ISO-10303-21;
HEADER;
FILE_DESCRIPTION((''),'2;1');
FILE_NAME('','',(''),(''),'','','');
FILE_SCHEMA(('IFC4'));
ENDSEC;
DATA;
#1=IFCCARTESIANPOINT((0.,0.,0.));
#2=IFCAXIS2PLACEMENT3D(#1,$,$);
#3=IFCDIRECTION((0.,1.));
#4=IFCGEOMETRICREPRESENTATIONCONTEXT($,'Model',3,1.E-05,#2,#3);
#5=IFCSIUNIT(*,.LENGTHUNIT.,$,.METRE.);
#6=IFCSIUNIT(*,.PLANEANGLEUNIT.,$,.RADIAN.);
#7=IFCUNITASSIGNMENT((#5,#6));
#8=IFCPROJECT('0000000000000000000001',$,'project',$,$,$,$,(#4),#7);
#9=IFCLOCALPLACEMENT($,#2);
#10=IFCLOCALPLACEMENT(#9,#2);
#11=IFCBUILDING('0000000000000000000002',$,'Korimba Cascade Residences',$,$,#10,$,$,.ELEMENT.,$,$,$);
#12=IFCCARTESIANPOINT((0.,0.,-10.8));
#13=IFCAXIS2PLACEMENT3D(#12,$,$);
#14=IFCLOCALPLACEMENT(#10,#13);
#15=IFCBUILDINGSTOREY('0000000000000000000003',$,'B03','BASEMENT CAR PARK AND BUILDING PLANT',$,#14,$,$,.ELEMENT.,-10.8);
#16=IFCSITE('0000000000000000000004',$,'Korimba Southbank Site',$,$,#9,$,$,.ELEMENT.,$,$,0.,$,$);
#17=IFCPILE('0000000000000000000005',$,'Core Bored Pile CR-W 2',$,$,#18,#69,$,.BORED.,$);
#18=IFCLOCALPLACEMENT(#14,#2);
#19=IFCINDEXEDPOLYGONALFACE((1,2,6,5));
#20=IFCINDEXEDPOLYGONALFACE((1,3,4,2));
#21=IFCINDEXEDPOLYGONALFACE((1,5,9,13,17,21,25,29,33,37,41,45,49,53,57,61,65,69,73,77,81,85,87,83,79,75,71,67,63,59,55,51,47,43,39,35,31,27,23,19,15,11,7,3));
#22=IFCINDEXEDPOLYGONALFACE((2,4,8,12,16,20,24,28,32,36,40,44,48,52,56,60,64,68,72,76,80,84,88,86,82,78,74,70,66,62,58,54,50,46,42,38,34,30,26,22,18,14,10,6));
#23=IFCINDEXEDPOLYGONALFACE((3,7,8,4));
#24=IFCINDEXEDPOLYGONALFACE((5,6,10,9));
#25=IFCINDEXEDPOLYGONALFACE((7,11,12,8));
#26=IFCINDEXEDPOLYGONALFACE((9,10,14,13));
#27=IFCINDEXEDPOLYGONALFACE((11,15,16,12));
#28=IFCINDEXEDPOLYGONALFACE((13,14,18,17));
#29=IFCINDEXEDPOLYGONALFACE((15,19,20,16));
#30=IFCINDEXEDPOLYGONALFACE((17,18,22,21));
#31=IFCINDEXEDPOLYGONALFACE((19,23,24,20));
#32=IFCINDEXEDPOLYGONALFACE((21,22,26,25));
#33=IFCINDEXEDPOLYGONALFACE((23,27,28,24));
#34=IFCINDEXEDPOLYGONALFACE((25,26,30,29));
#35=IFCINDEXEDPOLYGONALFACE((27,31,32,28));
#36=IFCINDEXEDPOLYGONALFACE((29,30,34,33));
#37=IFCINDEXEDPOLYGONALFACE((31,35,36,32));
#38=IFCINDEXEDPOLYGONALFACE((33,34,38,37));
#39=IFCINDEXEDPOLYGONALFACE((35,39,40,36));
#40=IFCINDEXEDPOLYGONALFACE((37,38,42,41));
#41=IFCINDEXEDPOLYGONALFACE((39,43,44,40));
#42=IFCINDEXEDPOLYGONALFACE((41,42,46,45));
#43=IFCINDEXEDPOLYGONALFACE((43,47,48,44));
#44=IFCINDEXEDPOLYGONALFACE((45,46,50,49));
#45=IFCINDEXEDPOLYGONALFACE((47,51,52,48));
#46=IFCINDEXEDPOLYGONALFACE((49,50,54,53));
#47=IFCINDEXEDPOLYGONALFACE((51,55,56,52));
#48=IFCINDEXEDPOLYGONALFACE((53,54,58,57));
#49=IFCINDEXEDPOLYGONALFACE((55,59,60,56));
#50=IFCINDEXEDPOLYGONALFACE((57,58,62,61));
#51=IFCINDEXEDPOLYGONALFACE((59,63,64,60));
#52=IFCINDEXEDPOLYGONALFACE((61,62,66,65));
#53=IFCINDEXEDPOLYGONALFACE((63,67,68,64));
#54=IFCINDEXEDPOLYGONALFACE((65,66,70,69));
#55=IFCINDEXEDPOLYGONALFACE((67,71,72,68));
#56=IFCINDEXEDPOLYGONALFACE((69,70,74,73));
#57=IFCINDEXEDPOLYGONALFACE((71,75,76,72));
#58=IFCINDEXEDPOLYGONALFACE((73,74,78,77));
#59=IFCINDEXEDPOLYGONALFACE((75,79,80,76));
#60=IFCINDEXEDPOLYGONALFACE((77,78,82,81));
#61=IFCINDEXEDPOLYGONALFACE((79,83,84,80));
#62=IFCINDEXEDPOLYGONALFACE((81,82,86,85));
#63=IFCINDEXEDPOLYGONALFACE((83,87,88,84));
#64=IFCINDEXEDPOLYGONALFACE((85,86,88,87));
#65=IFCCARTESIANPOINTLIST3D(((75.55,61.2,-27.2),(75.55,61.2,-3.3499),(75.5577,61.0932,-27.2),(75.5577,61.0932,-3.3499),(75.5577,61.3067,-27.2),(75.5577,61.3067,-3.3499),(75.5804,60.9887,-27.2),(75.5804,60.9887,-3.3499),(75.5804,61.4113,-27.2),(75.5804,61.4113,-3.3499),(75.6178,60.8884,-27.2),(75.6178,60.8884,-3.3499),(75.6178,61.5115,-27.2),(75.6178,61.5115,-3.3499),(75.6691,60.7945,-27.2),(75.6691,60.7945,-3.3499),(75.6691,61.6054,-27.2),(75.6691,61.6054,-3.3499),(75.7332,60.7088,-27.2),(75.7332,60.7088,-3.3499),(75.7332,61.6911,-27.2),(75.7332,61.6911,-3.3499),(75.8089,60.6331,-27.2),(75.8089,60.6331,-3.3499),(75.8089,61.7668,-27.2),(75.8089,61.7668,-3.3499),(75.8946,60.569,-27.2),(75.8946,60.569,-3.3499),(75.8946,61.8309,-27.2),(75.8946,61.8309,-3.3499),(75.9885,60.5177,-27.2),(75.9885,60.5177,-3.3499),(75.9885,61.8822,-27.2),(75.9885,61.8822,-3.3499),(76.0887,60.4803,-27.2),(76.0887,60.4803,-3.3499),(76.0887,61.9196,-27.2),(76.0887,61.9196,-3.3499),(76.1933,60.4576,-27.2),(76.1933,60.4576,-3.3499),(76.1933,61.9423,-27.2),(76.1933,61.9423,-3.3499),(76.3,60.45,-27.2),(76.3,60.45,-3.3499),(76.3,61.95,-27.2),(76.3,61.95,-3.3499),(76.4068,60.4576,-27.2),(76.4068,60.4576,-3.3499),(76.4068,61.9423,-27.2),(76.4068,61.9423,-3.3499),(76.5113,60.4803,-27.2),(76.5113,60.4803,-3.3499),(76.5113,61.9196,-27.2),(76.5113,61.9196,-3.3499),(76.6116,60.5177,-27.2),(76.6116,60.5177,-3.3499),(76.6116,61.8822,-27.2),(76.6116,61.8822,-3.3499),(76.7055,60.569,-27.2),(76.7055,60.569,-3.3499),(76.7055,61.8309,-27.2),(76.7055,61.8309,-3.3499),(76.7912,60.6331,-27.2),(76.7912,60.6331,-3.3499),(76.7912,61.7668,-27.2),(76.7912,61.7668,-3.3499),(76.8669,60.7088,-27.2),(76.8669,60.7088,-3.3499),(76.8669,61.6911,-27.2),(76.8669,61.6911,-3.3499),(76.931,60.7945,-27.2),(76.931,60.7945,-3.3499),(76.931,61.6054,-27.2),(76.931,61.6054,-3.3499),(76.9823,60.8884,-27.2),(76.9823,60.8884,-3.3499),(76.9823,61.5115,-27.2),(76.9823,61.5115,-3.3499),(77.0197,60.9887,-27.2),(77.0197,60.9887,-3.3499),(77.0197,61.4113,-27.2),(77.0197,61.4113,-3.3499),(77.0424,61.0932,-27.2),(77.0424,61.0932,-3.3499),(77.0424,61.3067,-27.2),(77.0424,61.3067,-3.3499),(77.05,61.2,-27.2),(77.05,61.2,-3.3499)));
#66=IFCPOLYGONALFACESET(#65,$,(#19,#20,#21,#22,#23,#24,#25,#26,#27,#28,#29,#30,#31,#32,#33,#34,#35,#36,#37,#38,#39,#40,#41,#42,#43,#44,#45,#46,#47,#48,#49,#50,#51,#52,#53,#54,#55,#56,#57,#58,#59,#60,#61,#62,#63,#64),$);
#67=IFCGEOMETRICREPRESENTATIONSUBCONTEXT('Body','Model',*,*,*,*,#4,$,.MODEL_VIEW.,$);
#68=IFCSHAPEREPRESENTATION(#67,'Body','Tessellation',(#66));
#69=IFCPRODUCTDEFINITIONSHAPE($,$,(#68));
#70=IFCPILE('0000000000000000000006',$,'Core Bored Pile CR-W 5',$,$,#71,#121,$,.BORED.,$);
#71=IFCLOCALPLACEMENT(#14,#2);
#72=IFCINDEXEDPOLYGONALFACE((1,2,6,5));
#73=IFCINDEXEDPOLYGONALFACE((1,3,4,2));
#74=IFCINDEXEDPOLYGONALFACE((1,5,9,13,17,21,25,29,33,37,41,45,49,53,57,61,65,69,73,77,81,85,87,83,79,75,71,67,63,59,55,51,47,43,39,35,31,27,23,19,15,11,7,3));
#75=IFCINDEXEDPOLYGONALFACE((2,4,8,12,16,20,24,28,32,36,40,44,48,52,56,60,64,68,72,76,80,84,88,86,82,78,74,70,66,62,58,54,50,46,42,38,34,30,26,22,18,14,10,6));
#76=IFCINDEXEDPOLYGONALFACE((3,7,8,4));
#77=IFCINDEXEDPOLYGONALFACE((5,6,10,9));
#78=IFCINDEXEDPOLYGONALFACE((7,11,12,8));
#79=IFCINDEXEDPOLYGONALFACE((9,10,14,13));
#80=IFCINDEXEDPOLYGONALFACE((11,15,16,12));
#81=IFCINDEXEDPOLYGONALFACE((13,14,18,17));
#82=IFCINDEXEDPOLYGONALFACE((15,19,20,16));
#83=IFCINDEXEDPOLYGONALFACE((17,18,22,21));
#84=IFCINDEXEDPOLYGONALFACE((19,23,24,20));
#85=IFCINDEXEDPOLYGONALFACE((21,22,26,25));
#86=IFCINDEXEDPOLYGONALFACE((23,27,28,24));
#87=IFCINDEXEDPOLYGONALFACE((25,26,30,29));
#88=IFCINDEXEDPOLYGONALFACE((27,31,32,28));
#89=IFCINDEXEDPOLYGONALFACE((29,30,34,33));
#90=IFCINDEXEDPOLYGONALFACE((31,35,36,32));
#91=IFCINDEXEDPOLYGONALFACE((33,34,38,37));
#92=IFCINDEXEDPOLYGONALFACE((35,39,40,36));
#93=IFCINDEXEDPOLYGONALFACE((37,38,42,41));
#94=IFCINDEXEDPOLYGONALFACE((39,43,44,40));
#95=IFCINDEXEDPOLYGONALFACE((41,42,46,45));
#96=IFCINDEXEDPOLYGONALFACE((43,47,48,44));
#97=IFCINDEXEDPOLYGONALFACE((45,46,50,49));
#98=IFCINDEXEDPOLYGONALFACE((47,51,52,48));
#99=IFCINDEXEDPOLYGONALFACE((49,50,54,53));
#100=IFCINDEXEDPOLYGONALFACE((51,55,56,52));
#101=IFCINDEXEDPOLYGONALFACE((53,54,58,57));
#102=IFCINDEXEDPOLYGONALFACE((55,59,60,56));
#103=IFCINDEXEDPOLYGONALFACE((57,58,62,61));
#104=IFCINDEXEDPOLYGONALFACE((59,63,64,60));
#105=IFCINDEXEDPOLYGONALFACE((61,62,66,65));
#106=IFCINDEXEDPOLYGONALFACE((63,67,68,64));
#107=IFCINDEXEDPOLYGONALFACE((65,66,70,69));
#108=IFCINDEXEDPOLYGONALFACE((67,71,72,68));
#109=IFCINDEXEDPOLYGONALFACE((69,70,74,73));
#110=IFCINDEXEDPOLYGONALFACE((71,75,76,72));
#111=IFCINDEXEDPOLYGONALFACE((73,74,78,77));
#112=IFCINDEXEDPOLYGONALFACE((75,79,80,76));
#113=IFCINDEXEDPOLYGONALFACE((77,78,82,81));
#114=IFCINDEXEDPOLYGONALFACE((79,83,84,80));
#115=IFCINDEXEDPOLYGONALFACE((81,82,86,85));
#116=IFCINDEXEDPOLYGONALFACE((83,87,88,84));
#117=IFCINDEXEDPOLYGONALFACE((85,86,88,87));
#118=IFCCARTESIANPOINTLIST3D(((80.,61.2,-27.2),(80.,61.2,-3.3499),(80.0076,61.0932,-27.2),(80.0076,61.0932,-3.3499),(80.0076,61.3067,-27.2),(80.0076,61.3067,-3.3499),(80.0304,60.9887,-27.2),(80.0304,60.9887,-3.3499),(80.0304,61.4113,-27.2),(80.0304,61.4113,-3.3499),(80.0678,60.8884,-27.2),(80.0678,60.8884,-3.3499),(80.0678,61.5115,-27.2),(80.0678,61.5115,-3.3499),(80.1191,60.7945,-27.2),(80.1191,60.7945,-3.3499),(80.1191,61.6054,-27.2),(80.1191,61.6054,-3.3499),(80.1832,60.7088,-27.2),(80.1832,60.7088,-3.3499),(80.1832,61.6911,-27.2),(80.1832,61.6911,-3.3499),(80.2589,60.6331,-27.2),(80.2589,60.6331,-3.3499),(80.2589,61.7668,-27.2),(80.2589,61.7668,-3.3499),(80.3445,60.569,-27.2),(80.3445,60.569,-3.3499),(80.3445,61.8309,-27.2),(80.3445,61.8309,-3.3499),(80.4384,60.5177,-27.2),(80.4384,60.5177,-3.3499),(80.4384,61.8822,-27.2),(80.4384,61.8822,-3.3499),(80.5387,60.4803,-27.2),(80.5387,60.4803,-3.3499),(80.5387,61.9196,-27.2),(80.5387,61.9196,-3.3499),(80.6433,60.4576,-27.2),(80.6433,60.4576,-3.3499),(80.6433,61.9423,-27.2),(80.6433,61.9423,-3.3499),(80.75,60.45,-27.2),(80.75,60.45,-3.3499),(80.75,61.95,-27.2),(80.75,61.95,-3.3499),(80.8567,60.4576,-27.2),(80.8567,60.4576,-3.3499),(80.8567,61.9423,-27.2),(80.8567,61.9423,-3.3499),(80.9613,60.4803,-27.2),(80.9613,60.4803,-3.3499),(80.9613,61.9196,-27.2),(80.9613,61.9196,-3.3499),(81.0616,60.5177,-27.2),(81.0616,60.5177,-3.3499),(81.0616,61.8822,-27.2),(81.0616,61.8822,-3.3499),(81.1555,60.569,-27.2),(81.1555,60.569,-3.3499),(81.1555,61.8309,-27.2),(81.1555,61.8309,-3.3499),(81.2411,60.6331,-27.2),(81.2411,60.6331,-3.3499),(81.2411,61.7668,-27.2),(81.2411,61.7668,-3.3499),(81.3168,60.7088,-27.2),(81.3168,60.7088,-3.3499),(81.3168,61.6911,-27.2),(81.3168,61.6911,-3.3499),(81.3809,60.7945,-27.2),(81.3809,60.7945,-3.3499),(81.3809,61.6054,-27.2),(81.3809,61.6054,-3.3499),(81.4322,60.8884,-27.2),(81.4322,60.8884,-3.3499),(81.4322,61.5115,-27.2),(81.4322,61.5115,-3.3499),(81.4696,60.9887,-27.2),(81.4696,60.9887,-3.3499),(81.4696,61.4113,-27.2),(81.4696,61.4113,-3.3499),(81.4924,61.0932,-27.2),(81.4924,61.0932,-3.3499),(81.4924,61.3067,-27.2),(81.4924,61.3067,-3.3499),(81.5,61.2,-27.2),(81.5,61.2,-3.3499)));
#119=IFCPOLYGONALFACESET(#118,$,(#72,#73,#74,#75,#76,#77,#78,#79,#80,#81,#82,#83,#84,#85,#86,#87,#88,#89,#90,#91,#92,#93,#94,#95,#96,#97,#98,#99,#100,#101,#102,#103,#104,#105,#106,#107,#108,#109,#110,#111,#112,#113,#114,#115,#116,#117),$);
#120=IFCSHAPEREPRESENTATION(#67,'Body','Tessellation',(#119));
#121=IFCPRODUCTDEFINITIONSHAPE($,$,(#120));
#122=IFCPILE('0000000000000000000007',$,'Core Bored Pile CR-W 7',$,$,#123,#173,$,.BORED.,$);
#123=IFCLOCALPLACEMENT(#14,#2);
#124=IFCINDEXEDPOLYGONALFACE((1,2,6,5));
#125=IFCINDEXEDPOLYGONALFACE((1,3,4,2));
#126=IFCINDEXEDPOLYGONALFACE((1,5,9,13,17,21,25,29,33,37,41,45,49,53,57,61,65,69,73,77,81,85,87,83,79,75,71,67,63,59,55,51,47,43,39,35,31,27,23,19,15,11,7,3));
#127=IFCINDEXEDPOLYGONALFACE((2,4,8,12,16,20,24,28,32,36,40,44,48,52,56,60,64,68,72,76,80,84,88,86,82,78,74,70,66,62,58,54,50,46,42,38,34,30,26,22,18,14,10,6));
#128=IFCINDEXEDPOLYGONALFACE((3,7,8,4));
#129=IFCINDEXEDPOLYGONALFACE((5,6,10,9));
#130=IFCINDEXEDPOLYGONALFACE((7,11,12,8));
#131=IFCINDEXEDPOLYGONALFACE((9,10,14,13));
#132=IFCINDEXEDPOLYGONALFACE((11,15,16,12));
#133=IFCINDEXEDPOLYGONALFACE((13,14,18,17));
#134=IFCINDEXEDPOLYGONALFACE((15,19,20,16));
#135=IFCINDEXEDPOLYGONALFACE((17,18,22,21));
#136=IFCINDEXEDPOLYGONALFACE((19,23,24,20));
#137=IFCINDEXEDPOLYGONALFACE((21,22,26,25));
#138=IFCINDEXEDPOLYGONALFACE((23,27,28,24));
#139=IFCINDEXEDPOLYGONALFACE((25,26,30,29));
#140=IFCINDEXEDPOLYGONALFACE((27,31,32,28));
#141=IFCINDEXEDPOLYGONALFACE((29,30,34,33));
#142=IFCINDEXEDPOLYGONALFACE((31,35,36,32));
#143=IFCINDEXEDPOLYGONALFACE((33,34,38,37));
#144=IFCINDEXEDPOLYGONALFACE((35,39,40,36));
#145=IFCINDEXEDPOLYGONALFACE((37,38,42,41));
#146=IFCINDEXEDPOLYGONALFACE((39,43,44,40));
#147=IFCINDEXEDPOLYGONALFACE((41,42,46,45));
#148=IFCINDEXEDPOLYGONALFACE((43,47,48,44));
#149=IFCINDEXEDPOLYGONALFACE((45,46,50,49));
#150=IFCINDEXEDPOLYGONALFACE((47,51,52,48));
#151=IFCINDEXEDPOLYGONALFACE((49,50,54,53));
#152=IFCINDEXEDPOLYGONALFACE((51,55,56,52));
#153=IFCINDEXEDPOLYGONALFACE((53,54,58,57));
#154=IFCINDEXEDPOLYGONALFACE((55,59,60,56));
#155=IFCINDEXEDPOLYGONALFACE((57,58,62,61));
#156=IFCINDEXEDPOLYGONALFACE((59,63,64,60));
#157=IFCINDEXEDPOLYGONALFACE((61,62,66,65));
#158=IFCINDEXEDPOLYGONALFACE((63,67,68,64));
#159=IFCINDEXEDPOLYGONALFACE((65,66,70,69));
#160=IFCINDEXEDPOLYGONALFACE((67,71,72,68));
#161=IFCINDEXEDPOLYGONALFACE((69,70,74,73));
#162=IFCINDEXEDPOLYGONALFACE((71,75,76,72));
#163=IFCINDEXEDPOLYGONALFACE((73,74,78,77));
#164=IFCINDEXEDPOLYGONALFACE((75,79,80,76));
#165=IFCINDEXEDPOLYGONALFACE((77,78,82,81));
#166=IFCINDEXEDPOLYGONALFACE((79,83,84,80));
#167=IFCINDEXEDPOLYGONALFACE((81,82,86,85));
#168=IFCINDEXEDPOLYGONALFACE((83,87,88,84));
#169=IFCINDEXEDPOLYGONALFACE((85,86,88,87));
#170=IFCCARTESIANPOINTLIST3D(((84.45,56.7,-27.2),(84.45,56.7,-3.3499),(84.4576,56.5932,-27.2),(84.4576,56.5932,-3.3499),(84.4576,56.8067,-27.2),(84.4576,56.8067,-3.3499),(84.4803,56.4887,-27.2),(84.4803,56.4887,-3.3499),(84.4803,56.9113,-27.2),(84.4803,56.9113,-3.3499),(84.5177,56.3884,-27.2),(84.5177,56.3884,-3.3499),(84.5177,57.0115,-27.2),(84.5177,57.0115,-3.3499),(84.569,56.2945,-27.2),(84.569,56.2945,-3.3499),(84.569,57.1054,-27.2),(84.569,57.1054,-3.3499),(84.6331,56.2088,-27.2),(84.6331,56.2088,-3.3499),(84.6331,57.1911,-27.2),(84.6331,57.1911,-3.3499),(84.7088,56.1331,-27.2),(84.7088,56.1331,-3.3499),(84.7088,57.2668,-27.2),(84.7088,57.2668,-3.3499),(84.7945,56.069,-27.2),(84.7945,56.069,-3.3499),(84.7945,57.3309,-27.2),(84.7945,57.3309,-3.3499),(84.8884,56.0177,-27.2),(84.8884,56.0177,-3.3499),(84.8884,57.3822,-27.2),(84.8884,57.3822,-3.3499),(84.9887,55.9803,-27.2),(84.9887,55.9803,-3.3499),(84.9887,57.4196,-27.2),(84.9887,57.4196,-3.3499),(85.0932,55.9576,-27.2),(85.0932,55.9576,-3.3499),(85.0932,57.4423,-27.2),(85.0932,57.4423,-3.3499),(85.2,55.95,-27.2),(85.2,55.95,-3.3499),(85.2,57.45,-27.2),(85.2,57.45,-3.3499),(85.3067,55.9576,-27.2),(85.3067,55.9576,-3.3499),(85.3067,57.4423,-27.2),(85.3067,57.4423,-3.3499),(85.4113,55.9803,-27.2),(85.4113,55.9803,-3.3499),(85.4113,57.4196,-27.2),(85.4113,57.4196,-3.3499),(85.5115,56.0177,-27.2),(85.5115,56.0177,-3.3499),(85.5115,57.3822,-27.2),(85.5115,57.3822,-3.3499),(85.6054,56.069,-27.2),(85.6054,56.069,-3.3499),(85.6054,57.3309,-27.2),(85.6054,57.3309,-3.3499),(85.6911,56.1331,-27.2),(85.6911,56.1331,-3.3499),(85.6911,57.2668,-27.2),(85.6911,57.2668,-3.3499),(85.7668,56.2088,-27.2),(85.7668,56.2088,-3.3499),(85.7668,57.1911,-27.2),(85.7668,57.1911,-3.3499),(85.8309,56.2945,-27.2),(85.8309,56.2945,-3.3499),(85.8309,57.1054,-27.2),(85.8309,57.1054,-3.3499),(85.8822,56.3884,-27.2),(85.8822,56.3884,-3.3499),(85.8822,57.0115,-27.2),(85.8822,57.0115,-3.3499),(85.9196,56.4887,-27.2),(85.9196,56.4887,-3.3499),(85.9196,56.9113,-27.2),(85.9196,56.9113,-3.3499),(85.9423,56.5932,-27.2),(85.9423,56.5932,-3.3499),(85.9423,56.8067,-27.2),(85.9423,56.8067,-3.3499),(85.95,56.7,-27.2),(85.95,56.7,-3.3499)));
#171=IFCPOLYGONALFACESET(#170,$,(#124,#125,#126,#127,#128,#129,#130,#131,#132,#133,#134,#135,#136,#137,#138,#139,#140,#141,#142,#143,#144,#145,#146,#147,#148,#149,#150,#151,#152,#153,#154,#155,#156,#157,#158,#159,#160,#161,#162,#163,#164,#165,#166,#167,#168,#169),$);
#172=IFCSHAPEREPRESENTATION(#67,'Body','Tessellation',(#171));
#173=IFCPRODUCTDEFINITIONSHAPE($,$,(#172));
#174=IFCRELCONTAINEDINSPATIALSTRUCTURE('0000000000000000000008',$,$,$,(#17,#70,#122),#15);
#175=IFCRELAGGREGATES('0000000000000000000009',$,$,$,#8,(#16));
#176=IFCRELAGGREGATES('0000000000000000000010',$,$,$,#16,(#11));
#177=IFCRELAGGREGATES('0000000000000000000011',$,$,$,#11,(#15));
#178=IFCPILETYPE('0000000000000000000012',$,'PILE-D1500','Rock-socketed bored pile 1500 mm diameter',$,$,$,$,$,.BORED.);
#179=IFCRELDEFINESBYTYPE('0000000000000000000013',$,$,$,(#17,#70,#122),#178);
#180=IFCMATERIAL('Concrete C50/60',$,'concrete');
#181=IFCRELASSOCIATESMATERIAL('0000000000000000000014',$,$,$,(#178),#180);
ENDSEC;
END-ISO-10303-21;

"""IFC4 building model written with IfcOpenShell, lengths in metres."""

from ifc_helpers import new_model, si_unit, direction, frame, origin, origin_2d, place, context, subcontext, project, spatial, circle, extrude, material, material_profile, profile_set, type_object, element, save


model = new_model("IFC4")

# Units and contexts
model_context = context("Model", 3, precision=1e-05, world=origin(), true_north=direction((0.0, 1.0)))
body_context = subcontext(model_context, "Body", "Model", "MODEL_VIEW")
ifc_project = project(units=[si_unit("LENGTHUNIT", "METRE"), si_unit("PLANEANGLEUNIT", "RADIAN")], contexts=[model_context])

# Site, building, storey
site_placement = place(None, origin())
site = spatial("IfcSite", under=ifc_project, at=site_placement, Name="Korimba Southbank Site", CompositionType="ELEMENT", RefElevation=0.0)
building_placement = place(site_placement, origin())
building = spatial("IfcBuilding", under=site, at=building_placement, Name="Korimba Cascade Residences", CompositionType="ELEMENT")
storey_placement = place(building_placement, frame((0.0, 0.0, -10.8)))
storey = spatial("IfcBuildingStorey", under=building, at=storey_placement, Name="B03", Description="BASEMENT CAR PARK AND BUILDING PLANT", CompositionType="ELEMENT", Elevation=-10.8)

# Piles
ifc_material_1 = material(Name="Concrete C50/60", Category="concrete")
ifc_material_profile_1 = material_profile(ifc_material_1, circle(Radius=0.75, at=origin_2d()), Name="Concrete C50/60")
ifc_profile_set_1 = profile_set([ifc_material_profile_1], Name="Concrete C50/60")
pile_type = type_object("IfcPileType", Name="PILE-D1500", Description="Rock-socketed bored pile 1500 mm diameter", PredefinedType="BORED", material=ifc_profile_set_1)
for number, where, z_axis, x_axis, name in (
    (1, (76.3, 61.2, -3.3499), (0.0, 0.0, -1.0), (1.0, 0.0, 0.0), "Core Bored Pile CR-W 2"),
    (2, (80.75, 61.2, -3.3499), (0.0, 0.0, -1.0), (1.0, 0.0, 0.0), "Core Bored Pile CR-W 5"),
    (3, (85.2, 56.7, -3.3499), (0.0, 0.0, -1.0), (1.0, 0.0, 0.0), "Core Bored Pile CR-W 7"),
):
    element("IfcPile", number, at=place(storey_placement, frame(where, z_axis=z_axis, x_axis=x_axis)), inside=storey, type_object=pile_type, Name=name, PredefinedType="BORED", context=body_context, shape_type="SweptSolid", body=[
        extrude(circle(Radius=0.75, at=origin_2d()), origin(), (0.0, 0.0, 1.0), 23.8501),
    ])

save(model, "model.ifc")
